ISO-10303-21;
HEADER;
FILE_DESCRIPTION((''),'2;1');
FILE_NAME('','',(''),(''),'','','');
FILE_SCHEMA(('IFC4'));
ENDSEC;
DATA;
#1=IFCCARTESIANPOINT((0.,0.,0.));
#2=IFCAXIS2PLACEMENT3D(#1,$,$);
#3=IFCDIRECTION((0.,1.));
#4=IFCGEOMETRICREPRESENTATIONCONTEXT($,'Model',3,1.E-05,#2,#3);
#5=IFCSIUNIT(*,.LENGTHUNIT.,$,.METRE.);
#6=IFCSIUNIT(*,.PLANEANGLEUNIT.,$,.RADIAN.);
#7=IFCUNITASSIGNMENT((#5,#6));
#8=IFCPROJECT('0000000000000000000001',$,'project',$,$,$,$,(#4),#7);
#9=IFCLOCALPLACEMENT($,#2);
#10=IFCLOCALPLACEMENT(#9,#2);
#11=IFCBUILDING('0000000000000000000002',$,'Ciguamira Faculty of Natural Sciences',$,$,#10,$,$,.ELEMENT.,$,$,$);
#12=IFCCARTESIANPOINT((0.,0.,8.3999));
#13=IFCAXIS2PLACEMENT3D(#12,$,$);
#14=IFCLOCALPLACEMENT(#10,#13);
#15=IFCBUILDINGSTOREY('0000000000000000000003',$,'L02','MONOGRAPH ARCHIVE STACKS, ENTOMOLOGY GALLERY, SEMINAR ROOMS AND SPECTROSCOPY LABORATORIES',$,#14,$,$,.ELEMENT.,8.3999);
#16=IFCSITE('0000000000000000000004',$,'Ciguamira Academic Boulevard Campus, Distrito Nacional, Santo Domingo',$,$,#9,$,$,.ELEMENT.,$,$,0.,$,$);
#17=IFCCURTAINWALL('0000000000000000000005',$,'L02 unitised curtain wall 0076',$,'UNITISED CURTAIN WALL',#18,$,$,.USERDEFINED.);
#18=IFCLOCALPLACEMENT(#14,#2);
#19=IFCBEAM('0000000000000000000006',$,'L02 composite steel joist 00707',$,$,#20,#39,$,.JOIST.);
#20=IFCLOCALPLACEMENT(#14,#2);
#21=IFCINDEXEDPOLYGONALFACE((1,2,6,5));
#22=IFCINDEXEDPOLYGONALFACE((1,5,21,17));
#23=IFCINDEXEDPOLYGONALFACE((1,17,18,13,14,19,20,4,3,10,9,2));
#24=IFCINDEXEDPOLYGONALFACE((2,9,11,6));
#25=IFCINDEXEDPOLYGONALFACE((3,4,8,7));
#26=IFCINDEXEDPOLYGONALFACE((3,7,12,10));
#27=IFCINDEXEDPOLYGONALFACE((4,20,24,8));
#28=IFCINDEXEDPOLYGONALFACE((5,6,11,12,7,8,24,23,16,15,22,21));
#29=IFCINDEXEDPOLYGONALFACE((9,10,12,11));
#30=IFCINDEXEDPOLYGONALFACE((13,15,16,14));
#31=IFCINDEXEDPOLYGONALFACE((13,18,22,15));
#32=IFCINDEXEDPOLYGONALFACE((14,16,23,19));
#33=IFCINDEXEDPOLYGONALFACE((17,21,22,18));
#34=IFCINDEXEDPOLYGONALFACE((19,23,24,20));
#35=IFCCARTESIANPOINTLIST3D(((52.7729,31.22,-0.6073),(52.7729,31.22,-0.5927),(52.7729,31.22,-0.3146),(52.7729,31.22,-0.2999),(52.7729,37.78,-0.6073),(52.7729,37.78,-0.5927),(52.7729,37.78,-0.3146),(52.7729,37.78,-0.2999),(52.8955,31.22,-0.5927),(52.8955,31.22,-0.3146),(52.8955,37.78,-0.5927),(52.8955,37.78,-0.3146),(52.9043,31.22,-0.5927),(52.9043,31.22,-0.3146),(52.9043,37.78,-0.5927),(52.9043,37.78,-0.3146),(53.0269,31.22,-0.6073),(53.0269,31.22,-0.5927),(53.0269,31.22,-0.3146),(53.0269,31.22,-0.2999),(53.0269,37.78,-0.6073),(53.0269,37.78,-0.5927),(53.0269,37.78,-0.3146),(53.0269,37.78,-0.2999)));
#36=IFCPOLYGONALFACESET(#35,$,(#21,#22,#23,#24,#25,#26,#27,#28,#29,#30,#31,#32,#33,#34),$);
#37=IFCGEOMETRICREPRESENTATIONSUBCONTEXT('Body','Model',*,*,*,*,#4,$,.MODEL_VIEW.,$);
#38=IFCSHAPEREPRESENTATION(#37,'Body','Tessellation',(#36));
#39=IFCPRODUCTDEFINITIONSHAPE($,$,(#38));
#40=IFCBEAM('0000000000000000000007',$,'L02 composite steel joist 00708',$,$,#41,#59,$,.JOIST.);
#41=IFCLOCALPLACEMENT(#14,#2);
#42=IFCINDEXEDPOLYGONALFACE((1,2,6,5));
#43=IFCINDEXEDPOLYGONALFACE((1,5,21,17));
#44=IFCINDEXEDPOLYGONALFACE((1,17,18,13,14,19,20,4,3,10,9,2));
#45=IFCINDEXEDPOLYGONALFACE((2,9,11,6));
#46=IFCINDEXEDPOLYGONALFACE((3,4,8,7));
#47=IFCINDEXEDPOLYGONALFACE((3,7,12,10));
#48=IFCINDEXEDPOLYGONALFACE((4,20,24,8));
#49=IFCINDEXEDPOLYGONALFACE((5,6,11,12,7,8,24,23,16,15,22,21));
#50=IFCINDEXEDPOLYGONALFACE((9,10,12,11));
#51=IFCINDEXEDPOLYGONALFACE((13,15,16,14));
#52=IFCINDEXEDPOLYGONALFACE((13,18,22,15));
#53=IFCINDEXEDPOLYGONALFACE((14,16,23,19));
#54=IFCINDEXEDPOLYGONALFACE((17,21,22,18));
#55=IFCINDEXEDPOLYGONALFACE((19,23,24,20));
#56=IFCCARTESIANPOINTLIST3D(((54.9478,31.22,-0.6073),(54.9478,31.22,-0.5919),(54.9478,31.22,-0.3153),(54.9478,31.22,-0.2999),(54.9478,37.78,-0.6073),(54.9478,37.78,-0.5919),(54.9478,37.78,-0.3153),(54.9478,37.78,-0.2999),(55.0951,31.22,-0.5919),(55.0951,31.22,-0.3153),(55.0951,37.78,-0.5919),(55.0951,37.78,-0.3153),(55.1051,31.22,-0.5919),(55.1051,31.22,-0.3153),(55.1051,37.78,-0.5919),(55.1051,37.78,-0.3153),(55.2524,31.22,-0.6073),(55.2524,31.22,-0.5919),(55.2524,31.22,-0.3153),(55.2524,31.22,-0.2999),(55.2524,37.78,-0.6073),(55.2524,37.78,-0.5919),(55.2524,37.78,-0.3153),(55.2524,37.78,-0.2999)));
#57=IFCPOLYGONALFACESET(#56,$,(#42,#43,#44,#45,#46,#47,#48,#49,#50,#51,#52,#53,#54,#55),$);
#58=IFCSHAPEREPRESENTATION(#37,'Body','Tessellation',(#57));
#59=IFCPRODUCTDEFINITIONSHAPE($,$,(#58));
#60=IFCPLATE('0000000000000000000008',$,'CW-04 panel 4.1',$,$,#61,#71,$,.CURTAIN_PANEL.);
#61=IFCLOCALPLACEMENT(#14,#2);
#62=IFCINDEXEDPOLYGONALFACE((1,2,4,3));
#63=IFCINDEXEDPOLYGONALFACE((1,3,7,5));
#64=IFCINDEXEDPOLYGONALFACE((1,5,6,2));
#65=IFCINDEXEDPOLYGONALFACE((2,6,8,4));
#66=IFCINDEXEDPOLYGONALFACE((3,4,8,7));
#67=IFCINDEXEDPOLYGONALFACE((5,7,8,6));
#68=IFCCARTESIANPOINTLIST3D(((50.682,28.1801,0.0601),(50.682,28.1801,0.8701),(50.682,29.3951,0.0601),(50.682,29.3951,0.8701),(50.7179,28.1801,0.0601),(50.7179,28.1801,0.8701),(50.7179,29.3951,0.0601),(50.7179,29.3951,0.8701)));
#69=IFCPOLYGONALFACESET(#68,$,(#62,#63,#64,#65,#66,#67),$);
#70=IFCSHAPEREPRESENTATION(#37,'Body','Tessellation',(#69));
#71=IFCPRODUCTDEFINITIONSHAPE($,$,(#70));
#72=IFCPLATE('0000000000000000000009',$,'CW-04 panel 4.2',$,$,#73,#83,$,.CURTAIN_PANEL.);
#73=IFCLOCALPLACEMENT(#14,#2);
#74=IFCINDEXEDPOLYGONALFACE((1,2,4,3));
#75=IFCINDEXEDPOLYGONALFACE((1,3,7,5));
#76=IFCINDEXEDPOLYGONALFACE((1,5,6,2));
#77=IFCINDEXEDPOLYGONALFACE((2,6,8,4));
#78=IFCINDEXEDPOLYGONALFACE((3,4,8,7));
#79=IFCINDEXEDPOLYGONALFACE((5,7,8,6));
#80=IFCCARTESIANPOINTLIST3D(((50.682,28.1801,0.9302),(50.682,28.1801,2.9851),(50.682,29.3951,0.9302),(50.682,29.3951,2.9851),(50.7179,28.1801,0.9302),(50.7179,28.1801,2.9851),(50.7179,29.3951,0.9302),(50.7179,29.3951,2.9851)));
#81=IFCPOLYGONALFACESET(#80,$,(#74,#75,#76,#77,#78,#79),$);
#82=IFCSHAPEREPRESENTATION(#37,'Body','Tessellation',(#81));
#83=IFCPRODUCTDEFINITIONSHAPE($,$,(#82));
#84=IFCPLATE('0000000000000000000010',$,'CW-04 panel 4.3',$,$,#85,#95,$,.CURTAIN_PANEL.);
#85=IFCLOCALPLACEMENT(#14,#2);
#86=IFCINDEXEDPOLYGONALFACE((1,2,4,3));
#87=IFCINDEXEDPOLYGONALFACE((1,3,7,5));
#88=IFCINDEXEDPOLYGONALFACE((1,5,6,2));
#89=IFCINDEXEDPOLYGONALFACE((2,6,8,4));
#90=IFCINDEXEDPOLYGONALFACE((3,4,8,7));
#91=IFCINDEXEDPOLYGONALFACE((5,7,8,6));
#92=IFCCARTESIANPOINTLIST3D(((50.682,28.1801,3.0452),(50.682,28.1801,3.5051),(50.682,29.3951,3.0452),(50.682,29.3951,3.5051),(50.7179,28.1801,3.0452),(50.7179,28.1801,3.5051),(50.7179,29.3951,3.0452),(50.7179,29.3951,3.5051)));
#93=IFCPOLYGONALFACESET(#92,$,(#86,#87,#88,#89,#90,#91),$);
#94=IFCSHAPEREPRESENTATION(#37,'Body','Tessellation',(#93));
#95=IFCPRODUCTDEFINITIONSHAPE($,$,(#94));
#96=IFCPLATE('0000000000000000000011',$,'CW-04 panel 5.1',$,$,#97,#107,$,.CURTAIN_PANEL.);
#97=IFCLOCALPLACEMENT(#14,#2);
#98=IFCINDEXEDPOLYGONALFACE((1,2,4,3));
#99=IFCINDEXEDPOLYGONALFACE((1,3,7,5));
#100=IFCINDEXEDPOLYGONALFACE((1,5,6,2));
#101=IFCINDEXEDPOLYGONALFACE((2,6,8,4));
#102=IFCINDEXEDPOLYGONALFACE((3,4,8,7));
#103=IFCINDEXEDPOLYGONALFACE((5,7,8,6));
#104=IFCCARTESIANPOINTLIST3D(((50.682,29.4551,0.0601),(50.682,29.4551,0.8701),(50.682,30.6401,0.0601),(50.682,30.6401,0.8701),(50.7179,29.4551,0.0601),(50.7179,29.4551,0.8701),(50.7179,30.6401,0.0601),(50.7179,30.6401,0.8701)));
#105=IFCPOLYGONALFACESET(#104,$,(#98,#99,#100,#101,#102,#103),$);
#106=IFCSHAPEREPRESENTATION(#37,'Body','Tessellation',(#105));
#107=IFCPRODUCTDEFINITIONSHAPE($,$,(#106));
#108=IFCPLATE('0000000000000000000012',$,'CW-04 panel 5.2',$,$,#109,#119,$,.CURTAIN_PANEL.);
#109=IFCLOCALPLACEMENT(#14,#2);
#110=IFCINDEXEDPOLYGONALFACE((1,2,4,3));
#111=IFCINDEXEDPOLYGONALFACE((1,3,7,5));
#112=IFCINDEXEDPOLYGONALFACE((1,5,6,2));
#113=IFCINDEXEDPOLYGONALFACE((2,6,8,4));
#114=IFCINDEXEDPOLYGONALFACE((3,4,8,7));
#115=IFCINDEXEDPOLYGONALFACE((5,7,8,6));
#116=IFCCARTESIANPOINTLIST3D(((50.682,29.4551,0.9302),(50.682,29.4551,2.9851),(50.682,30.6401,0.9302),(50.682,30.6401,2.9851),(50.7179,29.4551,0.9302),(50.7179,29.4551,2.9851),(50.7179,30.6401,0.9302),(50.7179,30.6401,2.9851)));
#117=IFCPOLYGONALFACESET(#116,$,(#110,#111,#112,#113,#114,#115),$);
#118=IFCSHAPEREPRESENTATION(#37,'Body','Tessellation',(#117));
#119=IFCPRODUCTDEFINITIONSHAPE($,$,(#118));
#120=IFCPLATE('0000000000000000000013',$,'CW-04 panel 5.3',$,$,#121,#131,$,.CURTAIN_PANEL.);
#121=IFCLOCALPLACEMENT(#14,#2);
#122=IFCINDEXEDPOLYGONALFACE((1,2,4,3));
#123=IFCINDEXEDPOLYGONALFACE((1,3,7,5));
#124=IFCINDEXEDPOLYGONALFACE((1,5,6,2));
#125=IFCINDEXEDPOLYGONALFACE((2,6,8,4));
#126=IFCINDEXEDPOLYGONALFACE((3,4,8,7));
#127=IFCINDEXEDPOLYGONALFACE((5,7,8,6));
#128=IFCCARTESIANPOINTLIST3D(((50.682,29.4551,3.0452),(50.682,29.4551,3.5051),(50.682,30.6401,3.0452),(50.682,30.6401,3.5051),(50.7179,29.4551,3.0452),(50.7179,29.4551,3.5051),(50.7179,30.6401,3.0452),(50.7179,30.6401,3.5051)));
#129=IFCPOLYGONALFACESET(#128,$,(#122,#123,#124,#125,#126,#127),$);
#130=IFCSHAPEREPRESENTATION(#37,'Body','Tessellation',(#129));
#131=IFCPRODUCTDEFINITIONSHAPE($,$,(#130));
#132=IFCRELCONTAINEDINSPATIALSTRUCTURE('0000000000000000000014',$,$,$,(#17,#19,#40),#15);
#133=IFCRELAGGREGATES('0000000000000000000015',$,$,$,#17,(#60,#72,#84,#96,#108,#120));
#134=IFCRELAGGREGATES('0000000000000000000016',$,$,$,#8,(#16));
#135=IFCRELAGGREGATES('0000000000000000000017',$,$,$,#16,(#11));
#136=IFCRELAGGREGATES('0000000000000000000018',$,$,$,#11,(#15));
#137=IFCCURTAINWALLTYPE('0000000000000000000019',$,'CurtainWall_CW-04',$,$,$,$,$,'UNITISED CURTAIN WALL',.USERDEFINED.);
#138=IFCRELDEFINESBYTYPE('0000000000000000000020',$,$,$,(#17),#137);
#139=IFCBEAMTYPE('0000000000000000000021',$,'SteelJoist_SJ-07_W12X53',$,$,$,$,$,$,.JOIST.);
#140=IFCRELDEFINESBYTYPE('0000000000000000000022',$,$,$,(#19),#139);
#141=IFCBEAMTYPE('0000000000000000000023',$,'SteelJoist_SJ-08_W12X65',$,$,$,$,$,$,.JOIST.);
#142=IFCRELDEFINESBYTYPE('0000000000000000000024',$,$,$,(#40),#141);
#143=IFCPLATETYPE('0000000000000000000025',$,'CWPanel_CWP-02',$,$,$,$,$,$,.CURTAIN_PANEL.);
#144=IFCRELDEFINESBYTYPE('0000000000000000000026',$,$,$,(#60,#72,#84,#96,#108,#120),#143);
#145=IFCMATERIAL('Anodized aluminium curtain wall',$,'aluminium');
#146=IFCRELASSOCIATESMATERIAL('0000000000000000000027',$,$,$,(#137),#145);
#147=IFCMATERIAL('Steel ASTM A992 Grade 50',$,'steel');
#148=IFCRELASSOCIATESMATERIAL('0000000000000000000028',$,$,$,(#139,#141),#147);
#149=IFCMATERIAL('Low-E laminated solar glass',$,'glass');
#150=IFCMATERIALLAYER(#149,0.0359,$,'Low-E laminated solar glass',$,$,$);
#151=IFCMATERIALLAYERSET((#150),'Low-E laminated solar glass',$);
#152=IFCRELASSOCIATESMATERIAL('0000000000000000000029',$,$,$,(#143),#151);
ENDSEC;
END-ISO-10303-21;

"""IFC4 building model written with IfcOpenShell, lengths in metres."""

from ifc_helpers import new_model, si_unit, direction, frame, origin, origin_2d, place, context, subcontext, project, spatial, rectangle, i_section, extrude, material, layer, layer_set, material_profile, profile_set, type_object, element, aggregate, save


model = new_model("IFC4")

# Units and contexts
model_context = context("Model", 3, precision=1e-05, world=origin(), true_north=direction((0.0, 1.0)))
body_context = subcontext(model_context, "Body", "Model", "MODEL_VIEW")
ifc_project = project(units=[si_unit("LENGTHUNIT", "METRE"), si_unit("PLANEANGLEUNIT", "RADIAN")], contexts=[model_context])

# Site, building, storey
site_placement = place(None, origin())
site = spatial("IfcSite", under=ifc_project, at=site_placement, Name="Ciguamira Academic Boulevard Campus, Distrito Nacional, Santo Domingo", CompositionType="ELEMENT", RefElevation=0.0)
building_placement = place(site_placement, origin())
building = spatial("IfcBuilding", under=site, at=building_placement, Name="Ciguamira Faculty of Natural Sciences", CompositionType="ELEMENT")
storey_placement = place(building_placement, frame((0.0, 0.0, 8.3999)))
storey = spatial("IfcBuildingStorey", under=building, at=storey_placement, Name="L02", Description="MONOGRAPH ARCHIVE STACKS, ENTOMOLOGY GALLERY, SEMINAR ROOMS AND SPECTROSCOPY LABORATORIES", CompositionType="ELEMENT", Elevation=8.3999)

# Curtain wall
ifc_material_1 = material(Name="Anodized aluminium curtain wall", Category="aluminium")
curtain_wall_type = type_object("IfcCurtainWallType", Name="CurtainWall_CW-04", ElementType="UNITISED CURTAIN WALL", PredefinedType="USERDEFINED", material=ifc_material_1)
curtain_wall_placement = place(storey_placement, origin())
curtain_wall = element("IfcCurtainWall", 1, at=curtain_wall_placement, inside=storey, type_object=curtain_wall_type, Name="L02 unitised curtain wall 0076", ObjectType="UNITISED CURTAIN WALL", PredefinedType="USERDEFINED")

# Beams
ifc_material_2 = material(Name="Steel ASTM A992 Grade 50", Category="steel")
ifc_material_profile_1 = material_profile(ifc_material_2, i_section(OverallWidth=0.2539, OverallDepth=0.3074, WebThickness=0.0088, FlangeThickness=0.0146, at=origin_2d()), Name="W12X53")
ifc_profile_set_1 = profile_set([ifc_material_profile_1], Name="Steel ASTM A992 Grade 50")
beam_type_1 = type_object("IfcBeamType", Name="SteelJoist_SJ-07_W12X53", PredefinedType="JOIST", material=ifc_profile_set_1)
beam_1_placement = place(storey_placement, frame((52.8999, 31.22, -0.4536), z_axis=(0.0, 1.0, 0.0), x_axis=(-1.0, 0.0, 0.0)))
element("IfcBeam", 2, at=beam_1_placement, inside=storey, type_object=beam_type_1, Name="L02 composite steel joist 00707", PredefinedType="JOIST", context=body_context, shape_type="SweptSolid", body=[
    extrude(i_section(OverallWidth=0.2539, OverallDepth=0.3074, WebThickness=0.0088, FlangeThickness=0.0146, at=origin_2d()), origin(), (0.0, 0.0, 1.0), 6.5601),
])
ifc_material_profile_2 = material_profile(ifc_material_2, i_section(OverallWidth=0.3047, OverallDepth=0.3074, WebThickness=0.01, FlangeThickness=0.0154, at=origin_2d()), Name="W12X65")
ifc_profile_set_2 = profile_set([ifc_material_profile_2], Name="Steel ASTM A992 Grade 50")
beam_type_2 = type_object("IfcBeamType", Name="SteelJoist_SJ-08_W12X65", PredefinedType="JOIST", material=ifc_profile_set_2)
beam_2_placement = place(storey_placement, frame((55.1001, 31.22, -0.4536), z_axis=(0.0, 1.0, 0.0), x_axis=(-1.0, 0.0, 0.0)))
element("IfcBeam", 3, at=beam_2_placement, inside=storey, type_object=beam_type_2, Name="L02 composite steel joist 00708", PredefinedType="JOIST", context=body_context, shape_type="SweptSolid", body=[
    extrude(i_section(OverallWidth=0.3047, OverallDepth=0.3074, WebThickness=0.01, FlangeThickness=0.0154, at=origin_2d()), origin(), (0.0, 0.0, 1.0), 6.5601),
])

# Plates
ifc_material_3 = material(Name="Low-E laminated solar glass", Category="glass")
ifc_layer = layer(ifc_material_3, 0.0359, Name="Low-E laminated solar glass")
ifc_layer_set = layer_set([ifc_layer], Name="Low-E laminated solar glass")
plate_type = type_object("IfcPlateType", Name="CWPanel_CWP-02", PredefinedType="CURTAIN_PANEL", material=ifc_layer_set)
plate_1_placement = place(storey_placement, frame((50.7, 28.7876, 0.0601), z_axis=(0.0, 0.0, 1.0), x_axis=(0.0, 1.0, 0.0)))
plate_1 = element("IfcPlate", 4, at=plate_1_placement, type_object=plate_type, Name="CW-04 panel 4.1", PredefinedType="CURTAIN_PANEL", context=body_context, shape_type="SweptSolid", body=[
    extrude(rectangle(XDim=1.2151, YDim=0.0359, at=origin_2d()), origin(), (0.0, 0.0, 1.0), 0.8101),
])
plate_2_placement = place(storey_placement, frame((50.7, 28.7876, 0.9302), z_axis=(0.0, 0.0, 1.0), x_axis=(0.0, 1.0, 0.0)))
plate_2 = element("IfcPlate", 5, at=plate_2_placement, type_object=plate_type, Name="CW-04 panel 4.2", PredefinedType="CURTAIN_PANEL", context=body_context, shape_type="SweptSolid", body=[
    extrude(rectangle(XDim=1.2151, YDim=0.0359, at=origin_2d()), origin(), (0.0, 0.0, 1.0), 2.0549),
])
plate_3_placement = place(storey_placement, frame((50.7, 28.7876, 3.0452), z_axis=(0.0, 0.0, 1.0), x_axis=(0.0, 1.0, 0.0)))
plate_3 = element("IfcPlate", 6, at=plate_3_placement, type_object=plate_type, Name="CW-04 panel 4.3", PredefinedType="CURTAIN_PANEL", context=body_context, shape_type="SweptSolid", body=[
    extrude(rectangle(XDim=1.2151, YDim=0.0359, at=origin_2d()), origin(), (0.0, 0.0, 1.0), 0.46),
])
plate_4_placement = place(storey_placement, frame((50.7, 30.0476, 0.0601), z_axis=(0.0, 0.0, 1.0), x_axis=(0.0, 1.0, 0.0)))
plate_4 = element("IfcPlate", 7, at=plate_4_placement, type_object=plate_type, Name="CW-04 panel 5.1", PredefinedType="CURTAIN_PANEL", context=body_context, shape_type="SweptSolid", body=[
    extrude(rectangle(XDim=1.1851, YDim=0.0359, at=origin_2d()), origin(), (0.0, 0.0, 1.0), 0.8101),
])
plate_5_placement = place(storey_placement, frame((50.7, 30.0476, 0.9302), z_axis=(0.0, 0.0, 1.0), x_axis=(0.0, 1.0, 0.0)))
plate_5 = element("IfcPlate", 8, at=plate_5_placement, type_object=plate_type, Name="CW-04 panel 5.2", PredefinedType="CURTAIN_PANEL", context=body_context, shape_type="SweptSolid", body=[
    extrude(rectangle(XDim=1.1851, YDim=0.0359, at=origin_2d()), origin(), (0.0, 0.0, 1.0), 2.0549),
])
plate_6_placement = place(storey_placement, frame((50.7, 30.0476, 3.0452), z_axis=(0.0, 0.0, 1.0), x_axis=(0.0, 1.0, 0.0)))
plate_6 = element("IfcPlate", 9, at=plate_6_placement, type_object=plate_type, Name="CW-04 panel 5.3", PredefinedType="CURTAIN_PANEL", context=body_context, shape_type="SweptSolid", body=[
    extrude(rectangle(XDim=1.1851, YDim=0.0359, at=origin_2d()), origin(), (0.0, 0.0, 1.0), 0.46),
])
aggregate(curtain_wall, [plate_1, plate_2, plate_3, plate_4, plate_5, plate_6])

save(model, "model.ifc")
